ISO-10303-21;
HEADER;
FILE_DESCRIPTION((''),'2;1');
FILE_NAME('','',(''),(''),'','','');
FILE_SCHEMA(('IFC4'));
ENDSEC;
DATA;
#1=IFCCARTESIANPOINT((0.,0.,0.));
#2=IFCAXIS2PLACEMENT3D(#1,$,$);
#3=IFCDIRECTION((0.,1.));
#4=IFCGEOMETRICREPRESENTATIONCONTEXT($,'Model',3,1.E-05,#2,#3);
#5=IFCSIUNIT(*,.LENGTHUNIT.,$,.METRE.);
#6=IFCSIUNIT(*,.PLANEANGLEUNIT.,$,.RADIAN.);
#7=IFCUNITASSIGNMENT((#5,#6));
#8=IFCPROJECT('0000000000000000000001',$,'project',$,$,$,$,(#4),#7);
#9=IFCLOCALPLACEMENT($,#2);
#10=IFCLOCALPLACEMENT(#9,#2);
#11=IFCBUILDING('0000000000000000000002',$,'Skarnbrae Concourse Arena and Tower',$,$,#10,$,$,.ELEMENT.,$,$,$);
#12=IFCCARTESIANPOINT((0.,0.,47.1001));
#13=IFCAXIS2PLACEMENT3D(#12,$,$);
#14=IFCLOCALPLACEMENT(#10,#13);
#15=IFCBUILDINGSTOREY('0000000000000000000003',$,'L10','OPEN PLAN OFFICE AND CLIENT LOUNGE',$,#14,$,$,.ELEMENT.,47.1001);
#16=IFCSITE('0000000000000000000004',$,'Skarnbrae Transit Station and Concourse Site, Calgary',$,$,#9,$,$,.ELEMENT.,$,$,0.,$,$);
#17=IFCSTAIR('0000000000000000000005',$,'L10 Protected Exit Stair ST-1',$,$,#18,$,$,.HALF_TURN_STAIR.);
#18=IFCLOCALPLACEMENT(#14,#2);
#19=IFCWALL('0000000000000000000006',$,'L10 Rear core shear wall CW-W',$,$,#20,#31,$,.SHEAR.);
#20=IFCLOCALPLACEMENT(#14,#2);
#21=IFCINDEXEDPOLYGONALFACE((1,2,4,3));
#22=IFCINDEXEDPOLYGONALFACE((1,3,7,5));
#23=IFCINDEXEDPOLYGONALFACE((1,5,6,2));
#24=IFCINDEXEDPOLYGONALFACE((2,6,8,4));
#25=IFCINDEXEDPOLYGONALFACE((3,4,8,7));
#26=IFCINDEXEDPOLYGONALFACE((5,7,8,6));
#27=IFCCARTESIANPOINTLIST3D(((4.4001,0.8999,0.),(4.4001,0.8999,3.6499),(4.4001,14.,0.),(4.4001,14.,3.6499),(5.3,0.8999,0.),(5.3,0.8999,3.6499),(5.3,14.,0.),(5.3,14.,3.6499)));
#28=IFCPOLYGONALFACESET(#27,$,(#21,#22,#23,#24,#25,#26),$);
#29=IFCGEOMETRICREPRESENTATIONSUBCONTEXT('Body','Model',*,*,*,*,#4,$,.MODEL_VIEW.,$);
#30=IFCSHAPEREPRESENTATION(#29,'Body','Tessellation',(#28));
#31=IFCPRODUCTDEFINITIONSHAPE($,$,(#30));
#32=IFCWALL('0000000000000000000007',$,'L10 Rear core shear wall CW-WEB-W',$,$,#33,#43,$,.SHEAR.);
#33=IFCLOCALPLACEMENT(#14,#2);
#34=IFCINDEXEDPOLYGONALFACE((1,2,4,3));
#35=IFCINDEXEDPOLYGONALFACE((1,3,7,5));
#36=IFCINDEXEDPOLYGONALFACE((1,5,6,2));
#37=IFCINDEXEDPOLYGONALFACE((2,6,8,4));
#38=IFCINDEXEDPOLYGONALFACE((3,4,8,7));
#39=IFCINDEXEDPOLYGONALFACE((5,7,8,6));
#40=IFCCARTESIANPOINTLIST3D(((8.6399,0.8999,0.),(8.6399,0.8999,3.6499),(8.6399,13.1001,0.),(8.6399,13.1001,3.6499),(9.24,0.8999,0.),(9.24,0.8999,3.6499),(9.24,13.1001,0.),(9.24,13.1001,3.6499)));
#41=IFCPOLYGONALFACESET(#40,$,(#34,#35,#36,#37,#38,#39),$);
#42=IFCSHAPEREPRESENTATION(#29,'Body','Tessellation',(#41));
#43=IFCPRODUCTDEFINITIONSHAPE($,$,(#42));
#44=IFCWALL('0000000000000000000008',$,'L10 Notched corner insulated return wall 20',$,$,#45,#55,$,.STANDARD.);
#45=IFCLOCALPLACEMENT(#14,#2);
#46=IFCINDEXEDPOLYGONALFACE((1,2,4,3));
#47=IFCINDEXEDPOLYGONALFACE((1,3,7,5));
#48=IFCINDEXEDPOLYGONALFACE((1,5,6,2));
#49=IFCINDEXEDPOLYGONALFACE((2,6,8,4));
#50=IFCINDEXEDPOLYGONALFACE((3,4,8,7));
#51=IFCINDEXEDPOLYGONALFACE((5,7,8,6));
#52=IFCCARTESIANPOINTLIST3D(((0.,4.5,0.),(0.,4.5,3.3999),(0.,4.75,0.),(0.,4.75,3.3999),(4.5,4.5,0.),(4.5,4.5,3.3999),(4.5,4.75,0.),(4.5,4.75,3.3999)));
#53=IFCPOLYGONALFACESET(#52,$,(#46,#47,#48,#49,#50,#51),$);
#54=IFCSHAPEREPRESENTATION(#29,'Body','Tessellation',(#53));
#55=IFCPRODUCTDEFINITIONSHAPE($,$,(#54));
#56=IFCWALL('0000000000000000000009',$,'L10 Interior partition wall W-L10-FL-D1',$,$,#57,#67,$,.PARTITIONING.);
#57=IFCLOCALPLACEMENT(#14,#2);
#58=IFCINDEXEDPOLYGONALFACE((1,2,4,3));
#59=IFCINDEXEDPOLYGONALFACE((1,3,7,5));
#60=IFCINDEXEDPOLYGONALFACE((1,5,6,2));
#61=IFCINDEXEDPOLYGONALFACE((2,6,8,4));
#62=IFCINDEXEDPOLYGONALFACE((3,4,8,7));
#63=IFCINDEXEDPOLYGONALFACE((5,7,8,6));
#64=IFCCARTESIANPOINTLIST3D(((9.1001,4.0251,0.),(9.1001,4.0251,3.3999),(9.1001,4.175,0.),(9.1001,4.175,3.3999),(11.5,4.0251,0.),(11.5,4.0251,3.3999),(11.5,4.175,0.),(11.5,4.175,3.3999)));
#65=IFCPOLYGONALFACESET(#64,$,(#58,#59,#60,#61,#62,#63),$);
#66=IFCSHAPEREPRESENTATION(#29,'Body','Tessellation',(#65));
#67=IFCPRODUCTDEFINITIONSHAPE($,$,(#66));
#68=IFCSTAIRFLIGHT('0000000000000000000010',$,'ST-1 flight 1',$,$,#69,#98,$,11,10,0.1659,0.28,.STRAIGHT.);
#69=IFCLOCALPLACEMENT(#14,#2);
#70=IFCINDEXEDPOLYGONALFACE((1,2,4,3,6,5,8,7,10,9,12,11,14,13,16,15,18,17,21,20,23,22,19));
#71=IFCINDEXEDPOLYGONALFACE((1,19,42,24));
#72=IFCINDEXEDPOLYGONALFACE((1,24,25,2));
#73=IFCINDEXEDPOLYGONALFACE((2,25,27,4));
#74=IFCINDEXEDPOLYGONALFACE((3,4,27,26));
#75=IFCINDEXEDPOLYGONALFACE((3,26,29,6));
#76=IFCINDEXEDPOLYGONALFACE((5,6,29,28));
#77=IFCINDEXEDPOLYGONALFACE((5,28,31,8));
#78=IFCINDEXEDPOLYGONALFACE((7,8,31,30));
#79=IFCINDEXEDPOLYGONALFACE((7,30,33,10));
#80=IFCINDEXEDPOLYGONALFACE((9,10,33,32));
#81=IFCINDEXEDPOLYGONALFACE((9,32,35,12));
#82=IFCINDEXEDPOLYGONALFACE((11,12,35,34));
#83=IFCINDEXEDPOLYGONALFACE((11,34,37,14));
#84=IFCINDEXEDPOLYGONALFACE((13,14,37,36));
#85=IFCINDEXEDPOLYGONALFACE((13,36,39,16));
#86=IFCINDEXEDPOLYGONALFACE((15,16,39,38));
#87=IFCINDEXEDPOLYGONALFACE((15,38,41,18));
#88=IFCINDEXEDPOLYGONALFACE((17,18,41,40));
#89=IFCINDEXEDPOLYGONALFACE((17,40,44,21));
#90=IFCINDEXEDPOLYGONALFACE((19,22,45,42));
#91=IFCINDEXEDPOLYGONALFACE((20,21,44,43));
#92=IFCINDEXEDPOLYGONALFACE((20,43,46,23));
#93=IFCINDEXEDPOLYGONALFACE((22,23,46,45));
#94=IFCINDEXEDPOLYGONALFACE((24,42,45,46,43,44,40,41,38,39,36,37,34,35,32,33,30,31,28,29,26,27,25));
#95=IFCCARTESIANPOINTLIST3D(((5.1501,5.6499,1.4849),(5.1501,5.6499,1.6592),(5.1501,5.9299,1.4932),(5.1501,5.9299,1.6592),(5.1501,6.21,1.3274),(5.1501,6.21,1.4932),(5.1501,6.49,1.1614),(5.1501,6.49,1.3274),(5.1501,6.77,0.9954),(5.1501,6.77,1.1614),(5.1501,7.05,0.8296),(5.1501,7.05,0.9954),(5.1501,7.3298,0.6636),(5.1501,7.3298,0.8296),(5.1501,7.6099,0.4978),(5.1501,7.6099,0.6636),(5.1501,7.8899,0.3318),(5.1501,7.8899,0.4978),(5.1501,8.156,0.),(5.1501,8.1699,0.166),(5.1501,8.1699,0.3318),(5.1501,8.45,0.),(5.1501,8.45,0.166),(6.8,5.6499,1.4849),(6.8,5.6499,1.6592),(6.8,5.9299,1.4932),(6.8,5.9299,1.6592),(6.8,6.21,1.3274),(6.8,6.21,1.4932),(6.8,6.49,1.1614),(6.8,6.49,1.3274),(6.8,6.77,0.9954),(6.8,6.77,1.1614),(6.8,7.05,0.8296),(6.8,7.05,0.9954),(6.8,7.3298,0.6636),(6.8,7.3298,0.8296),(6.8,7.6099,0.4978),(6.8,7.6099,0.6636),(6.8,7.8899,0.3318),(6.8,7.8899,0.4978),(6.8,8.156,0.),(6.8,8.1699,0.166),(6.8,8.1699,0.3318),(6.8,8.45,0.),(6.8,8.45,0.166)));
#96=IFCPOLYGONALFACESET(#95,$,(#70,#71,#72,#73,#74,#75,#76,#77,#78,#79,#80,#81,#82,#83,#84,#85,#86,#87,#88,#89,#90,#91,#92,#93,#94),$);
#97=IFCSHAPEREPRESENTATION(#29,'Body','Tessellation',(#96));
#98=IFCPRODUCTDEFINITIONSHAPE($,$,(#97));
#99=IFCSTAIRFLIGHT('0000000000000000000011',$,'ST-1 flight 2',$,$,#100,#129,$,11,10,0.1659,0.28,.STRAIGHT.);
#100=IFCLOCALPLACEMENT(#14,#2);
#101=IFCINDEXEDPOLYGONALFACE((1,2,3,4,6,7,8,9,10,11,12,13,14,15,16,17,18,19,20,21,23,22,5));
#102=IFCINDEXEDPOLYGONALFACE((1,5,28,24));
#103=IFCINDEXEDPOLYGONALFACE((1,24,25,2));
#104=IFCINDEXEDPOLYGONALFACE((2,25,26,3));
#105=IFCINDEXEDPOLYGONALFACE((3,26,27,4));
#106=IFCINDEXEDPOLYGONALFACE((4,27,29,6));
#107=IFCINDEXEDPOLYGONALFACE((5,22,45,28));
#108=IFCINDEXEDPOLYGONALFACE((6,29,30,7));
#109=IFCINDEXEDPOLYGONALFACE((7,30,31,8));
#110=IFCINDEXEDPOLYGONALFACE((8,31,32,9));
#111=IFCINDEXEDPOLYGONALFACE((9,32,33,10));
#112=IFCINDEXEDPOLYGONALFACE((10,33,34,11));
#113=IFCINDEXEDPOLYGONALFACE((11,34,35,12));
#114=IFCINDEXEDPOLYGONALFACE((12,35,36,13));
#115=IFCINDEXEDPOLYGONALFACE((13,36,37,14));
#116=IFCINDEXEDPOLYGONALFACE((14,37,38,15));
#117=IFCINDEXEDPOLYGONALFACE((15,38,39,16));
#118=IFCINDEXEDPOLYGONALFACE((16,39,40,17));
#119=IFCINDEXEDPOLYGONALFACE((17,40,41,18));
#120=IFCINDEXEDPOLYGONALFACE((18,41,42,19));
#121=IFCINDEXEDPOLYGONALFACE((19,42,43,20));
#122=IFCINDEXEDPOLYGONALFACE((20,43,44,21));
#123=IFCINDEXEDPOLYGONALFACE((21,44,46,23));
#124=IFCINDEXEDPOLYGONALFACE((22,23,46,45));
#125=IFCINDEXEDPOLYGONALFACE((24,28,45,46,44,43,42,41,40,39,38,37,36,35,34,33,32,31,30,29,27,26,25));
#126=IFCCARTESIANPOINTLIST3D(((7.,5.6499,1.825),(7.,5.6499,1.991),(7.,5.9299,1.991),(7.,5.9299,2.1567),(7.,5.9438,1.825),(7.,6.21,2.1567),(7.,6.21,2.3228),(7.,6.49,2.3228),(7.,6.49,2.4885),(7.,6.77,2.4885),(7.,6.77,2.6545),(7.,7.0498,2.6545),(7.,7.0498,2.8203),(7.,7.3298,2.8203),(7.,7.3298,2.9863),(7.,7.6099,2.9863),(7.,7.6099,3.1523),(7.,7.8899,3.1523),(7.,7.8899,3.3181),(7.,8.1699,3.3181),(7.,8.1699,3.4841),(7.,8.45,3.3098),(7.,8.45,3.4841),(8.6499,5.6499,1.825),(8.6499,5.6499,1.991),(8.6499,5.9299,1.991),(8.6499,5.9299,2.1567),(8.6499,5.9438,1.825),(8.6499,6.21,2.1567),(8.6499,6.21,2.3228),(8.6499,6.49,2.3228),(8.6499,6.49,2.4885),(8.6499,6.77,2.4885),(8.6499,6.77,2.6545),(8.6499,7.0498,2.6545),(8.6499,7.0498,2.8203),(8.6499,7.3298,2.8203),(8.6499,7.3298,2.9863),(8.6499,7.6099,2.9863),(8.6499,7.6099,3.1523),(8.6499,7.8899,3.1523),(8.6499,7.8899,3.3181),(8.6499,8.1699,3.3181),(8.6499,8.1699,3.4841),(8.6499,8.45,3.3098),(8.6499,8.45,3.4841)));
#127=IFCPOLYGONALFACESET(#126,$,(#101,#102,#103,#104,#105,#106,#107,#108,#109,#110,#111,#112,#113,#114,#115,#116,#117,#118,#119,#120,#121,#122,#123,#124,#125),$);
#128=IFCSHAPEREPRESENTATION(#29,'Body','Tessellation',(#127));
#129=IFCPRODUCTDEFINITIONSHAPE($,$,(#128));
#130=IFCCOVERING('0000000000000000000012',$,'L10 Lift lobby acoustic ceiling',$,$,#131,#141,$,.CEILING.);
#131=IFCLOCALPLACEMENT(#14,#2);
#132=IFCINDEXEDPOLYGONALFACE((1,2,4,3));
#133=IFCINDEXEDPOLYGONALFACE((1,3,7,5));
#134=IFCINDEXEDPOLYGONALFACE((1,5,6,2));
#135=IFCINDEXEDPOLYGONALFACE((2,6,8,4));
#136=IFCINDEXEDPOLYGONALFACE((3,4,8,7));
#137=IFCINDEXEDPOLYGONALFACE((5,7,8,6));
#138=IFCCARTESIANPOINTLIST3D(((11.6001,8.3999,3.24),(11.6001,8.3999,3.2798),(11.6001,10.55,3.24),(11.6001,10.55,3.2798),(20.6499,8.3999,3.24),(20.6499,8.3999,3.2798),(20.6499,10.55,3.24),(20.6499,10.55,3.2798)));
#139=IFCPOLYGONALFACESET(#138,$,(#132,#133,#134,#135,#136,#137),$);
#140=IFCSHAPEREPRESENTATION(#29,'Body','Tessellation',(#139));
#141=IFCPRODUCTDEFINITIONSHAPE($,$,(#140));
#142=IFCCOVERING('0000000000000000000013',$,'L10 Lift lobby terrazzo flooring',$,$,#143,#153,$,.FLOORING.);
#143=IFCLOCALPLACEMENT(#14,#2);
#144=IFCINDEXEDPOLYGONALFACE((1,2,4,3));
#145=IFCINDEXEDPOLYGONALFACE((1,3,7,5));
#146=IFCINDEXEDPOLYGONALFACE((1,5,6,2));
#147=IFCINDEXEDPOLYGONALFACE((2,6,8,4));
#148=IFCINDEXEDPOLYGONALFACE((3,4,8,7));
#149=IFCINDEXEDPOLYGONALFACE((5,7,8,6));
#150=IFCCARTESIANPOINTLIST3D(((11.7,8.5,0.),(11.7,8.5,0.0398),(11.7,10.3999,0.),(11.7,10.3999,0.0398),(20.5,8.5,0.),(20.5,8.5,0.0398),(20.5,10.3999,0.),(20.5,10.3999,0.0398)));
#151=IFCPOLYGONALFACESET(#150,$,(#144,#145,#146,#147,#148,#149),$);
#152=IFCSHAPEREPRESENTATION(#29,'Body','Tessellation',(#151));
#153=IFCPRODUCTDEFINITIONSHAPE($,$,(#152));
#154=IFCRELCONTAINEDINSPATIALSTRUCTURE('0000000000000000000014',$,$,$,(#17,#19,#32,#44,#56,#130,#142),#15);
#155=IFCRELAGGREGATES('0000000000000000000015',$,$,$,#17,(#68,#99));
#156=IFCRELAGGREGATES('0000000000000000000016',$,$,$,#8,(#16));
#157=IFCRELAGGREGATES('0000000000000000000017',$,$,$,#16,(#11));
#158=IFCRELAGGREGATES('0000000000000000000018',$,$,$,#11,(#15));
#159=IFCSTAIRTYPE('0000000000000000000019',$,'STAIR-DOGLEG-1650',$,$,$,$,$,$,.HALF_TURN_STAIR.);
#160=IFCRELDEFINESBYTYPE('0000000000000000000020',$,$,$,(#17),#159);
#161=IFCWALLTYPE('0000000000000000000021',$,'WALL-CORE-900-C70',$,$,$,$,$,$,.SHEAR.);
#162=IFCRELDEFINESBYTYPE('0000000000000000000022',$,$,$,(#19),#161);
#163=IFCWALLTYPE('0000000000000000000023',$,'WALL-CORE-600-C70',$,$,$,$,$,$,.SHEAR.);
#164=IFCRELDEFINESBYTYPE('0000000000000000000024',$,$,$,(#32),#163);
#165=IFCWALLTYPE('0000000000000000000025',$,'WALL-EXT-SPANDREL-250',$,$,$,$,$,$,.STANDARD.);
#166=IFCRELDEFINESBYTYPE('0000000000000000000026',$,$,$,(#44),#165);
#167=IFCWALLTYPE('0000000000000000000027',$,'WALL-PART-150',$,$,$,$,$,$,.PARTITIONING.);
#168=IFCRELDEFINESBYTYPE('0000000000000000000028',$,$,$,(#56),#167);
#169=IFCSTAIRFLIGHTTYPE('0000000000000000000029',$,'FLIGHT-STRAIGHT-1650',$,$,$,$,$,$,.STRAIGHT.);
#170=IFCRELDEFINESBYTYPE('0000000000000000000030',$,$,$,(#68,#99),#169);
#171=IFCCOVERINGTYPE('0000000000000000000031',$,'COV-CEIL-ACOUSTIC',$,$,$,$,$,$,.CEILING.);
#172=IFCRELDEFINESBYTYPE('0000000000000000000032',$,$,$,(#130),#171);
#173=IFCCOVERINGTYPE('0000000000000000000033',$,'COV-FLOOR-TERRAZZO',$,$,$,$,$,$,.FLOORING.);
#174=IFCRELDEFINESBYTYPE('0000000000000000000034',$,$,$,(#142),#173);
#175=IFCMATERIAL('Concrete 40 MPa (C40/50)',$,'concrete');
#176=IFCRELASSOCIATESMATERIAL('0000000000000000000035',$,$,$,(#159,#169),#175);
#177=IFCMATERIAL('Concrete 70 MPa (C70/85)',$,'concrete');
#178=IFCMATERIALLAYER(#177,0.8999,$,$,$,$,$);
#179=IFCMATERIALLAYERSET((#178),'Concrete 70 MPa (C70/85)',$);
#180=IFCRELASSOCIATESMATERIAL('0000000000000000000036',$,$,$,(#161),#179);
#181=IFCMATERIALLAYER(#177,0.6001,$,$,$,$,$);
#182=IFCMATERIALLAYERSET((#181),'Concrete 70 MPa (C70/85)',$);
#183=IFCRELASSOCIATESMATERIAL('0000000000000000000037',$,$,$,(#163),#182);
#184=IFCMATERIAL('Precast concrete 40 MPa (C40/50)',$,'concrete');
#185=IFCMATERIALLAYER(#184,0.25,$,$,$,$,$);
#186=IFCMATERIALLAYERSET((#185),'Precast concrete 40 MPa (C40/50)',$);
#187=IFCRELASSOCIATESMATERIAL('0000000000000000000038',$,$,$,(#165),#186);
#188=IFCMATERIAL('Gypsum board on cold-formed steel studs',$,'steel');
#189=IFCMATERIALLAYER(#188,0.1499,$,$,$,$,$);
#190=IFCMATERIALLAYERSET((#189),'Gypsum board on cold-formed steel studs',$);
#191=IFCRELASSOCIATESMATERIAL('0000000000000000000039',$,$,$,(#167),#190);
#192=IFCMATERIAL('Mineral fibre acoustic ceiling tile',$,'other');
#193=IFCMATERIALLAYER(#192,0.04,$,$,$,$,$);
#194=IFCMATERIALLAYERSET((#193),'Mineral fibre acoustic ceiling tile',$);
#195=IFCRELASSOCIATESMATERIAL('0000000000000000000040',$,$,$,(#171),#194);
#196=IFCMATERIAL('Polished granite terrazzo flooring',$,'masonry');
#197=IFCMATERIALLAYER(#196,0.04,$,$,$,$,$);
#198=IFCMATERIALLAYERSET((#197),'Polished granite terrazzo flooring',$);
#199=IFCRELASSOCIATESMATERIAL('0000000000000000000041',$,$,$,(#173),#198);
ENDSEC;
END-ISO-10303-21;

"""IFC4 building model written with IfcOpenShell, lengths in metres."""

from ifc_helpers import new_model, si_unit, direction, frame, frame_2d, origin, place, context, subcontext, project, spatial, polyline, rectangle, outline, extrude, source, transform, mapped, material, layer, layer_set, type_object, element, aggregate, save


model = new_model("IFC4")

# Units and contexts
model_context = context("Model", 3, precision=1e-05, world=origin(), true_north=direction((0.0, 1.0)))
body_context = subcontext(model_context, "Body", "Model", "MODEL_VIEW")
ifc_project = project(units=[si_unit("LENGTHUNIT", "METRE"), si_unit("PLANEANGLEUNIT", "RADIAN")], contexts=[model_context])

# Site, building, storey
site_placement = place(None, origin())
site = spatial("IfcSite", under=ifc_project, at=site_placement, Name="Skarnbrae Transit Station and Concourse Site, Calgary", CompositionType="ELEMENT", RefElevation=0.0)
building_placement = place(site_placement, origin())
building = spatial("IfcBuilding", under=site, at=building_placement, Name="Skarnbrae Concourse Arena and Tower", CompositionType="ELEMENT")
storey_placement = place(building_placement, frame((0.0, 0.0, 47.1001)))
storey = spatial("IfcBuildingStorey", under=building, at=storey_placement, Name="L10", Description="OPEN PLAN OFFICE AND CLIENT LOUNGE", CompositionType="ELEMENT", Elevation=47.1001)

# Stair
ifc_material_1 = material(Name="Concrete 40 MPa (C40/50)", Category="concrete")
stair_type = type_object("IfcStairType", Name="STAIR-DOGLEG-1650", PredefinedType="HALF_TURN_STAIR", material=ifc_material_1)
stair_1_placement = place(storey_placement, origin())
stair_1 = element("IfcStair", 1, at=stair_1_placement, inside=storey, type_object=stair_type, Name="L10 Protected Exit Stair ST-1", PredefinedType="HALF_TURN_STAIR")

# Walls
ifc_material_2 = material(Name="Concrete 70 MPa (C70/85)", Category="concrete")
ifc_layer_1 = layer(ifc_material_2, 0.8999)
ifc_layer_set_1 = layer_set([ifc_layer_1], Name="Concrete 70 MPa (C70/85)")
wall_type_1 = type_object("IfcWallType", Name="WALL-CORE-900-C70", PredefinedType="SHEAR", material=ifc_layer_set_1)
shared_shape_1 = source(origin(), body_context, "Body", "SweptSolid", [
    extrude(rectangle(XDim=13.1001, YDim=0.8999, at=frame_2d((6.55, 0.0))), origin(), (0.0, 0.0, 1.0), 3.6499),
])
wall_1_placement = place(storey_placement, frame((4.8501, 0.8999, 0.0), z_axis=(0.0, 0.0, 1.0), x_axis=(0.0, 1.0, 0.0)))
element("IfcWall", 2, at=wall_1_placement, inside=storey, type_object=wall_type_1, Name="L10 Rear core shear wall CW-W", PredefinedType="SHEAR", context=body_context, shape_type="MappedRepresentation", body=[
    mapped(shared_shape_1, transform((0.0, 0.0, 0.0))),
])
ifc_layer_2 = layer(ifc_material_2, 0.6001)
ifc_layer_set_2 = layer_set([ifc_layer_2], Name="Concrete 70 MPa (C70/85)")
wall_type_2 = type_object("IfcWallType", Name="WALL-CORE-600-C70", PredefinedType="SHEAR", material=ifc_layer_set_2)
shared_shape_2 = source(origin(), body_context, "Body", "SweptSolid", [
    extrude(rectangle(XDim=12.2002, YDim=0.6001, at=frame_2d((6.1001, 0.0))), origin(), (0.0, 0.0, 1.0), 3.6499),
])
wall_2_placement = place(storey_placement, frame((8.9399, 0.8999, 0.0), z_axis=(0.0, 0.0, 1.0), x_axis=(0.0, 1.0, 0.0)))
element("IfcWall", 3, at=wall_2_placement, inside=storey, type_object=wall_type_2, Name="L10 Rear core shear wall CW-WEB-W", PredefinedType="SHEAR", context=body_context, shape_type="MappedRepresentation", body=[
    mapped(shared_shape_2, transform((0.0, 0.0, 0.0))),
])

# Walls
ifc_material_3 = material(Name="Precast concrete 40 MPa (C40/50)", Category="concrete")
ifc_layer_3 = layer(ifc_material_3, 0.25)
ifc_layer_set_3 = layer_set([ifc_layer_3], Name="Precast concrete 40 MPa (C40/50)")
wall_type_3 = type_object("IfcWallType", Name="WALL-EXT-SPANDREL-250", PredefinedType="STANDARD", material=ifc_layer_set_3)
shared_shape_3 = source(origin(), body_context, "Body", "SweptSolid", [
    extrude(rectangle(XDim=4.5, YDim=0.25, at=frame_2d((2.25, 0.0))), origin(), (0.0, 0.0, 1.0), 3.3999),
])
wall_3_placement = place(storey_placement, frame((0.0, 4.625, 0.0), z_axis=(0.0, 0.0, 1.0), x_axis=(1.0, 0.0, 0.0)))
element("IfcWall", 4, at=wall_3_placement, inside=storey, type_object=wall_type_3, Name="L10 Notched corner insulated return wall 20", PredefinedType="STANDARD", context=body_context, shape_type="MappedRepresentation", body=[
    mapped(shared_shape_3, transform((0.0, 0.0, 0.0))),
])
ifc_material_4 = material(Name="Gypsum board on cold-formed steel studs", Category="steel")
ifc_layer_4 = layer(ifc_material_4, 0.1499)
ifc_layer_set_4 = layer_set([ifc_layer_4], Name="Gypsum board on cold-formed steel studs")
wall_type_4 = type_object("IfcWallType", Name="WALL-PART-150", PredefinedType="PARTITIONING", material=ifc_layer_set_4)
shared_shape_4 = source(origin(), body_context, "Body", "SweptSolid", [
    extrude(rectangle(XDim=2.3999, YDim=0.1499, at=frame_2d((1.2, 0.0))), origin(), (0.0, 0.0, 1.0), 3.3999),
])
wall_4_placement = place(storey_placement, frame((9.1001, 4.1001, 0.0), z_axis=(0.0, 0.0, 1.0), x_axis=(1.0, 0.0, 0.0)))
element("IfcWall", 5, at=wall_4_placement, inside=storey, type_object=wall_type_4, Name="L10 Interior partition wall W-L10-FL-D1", PredefinedType="PARTITIONING", context=body_context, shape_type="MappedRepresentation", body=[
    mapped(shared_shape_4, transform((0.0, 0.0, 0.0))),
])

# Stair flights
stair_flight_type = type_object("IfcStairFlightType", Name="FLIGHT-STRAIGHT-1650", PredefinedType="STRAIGHT", material=ifc_material_1)
shared_shape_5 = source(origin(), body_context, "Body", "SweptSolid", [
    extrude(outline(polyline([(0.0, 0.0), (0.0, 0.166), (0.28, 0.166), (0.28, 0.3318), (0.5601, 0.3318), (0.5601, 0.4978), (0.8401, 0.4978), (0.8401, 0.6636), (1.1201, 0.6636), (1.1201, 0.8296), (1.3999, 0.8296), (1.3999, 0.9954), (1.6799, 0.9954), (1.6799, 1.1614), (1.96, 1.1614), (1.96, 1.3274), (2.24, 1.3274), (2.24, 1.4932), (2.52, 1.4932), (2.52, 1.6592), (2.8, 1.6592), (2.8, 1.825), (2.8, 1.4849), (0.2939, 0.0), (0.0, 0.0)])), frame((0.0, 0.825, 0.0), z_axis=(0.0, -1.0, 0.0), x_axis=(1.0, 0.0, 0.0)), (0.0, 0.0, 1.0), 1.6499),
])
stair_flight_1_placement = place(storey_placement, frame((5.9751, 8.45, 0.0), z_axis=(0.0, 0.0, 1.0), x_axis=(0.0, -1.0, 0.0)))
stair_flight_1 = element("IfcStairFlight", 6, at=stair_flight_1_placement, type_object=stair_flight_type, Name="ST-1 flight 1", NumberOfRisers=11, NumberOfTreads=10, PredefinedType="STRAIGHT", RiserHeight=0.1659, TreadLength=0.28, context=body_context, shape_type="MappedRepresentation", body=[
    mapped(shared_shape_5, transform((0.0, 0.0, 0.0))),
])
stair_flight_2_placement = place(storey_placement, frame((7.825, 5.6499, 1.825), z_axis=(0.0, 0.0, 1.0), x_axis=(0.0, 1.0, 0.0)))
stair_flight_2 = element("IfcStairFlight", 7, at=stair_flight_2_placement, type_object=stair_flight_type, Name="ST-1 flight 2", NumberOfRisers=11, NumberOfTreads=10, PredefinedType="STRAIGHT", RiserHeight=0.1659, TreadLength=0.28, context=body_context, shape_type="MappedRepresentation", body=[
    mapped(shared_shape_5, transform((0.0, 0.0, 0.0))),
])
aggregate(stair_1, [stair_flight_1, stair_flight_2])

# Coverings
ifc_material_5 = material(Name="Mineral fibre acoustic ceiling tile", Category="other")
ifc_layer_5 = layer(ifc_material_5, 0.04)
ifc_layer_set_5 = layer_set([ifc_layer_5], Name="Mineral fibre acoustic ceiling tile")
covering_type_1 = type_object("IfcCoveringType", Name="COV-CEIL-ACOUSTIC", PredefinedType="CEILING", material=ifc_layer_set_5)
covering_1_placement = place(storey_placement, frame((0.0, 0.0, 3.24)))
element("IfcCovering", 8, at=covering_1_placement, inside=storey, type_object=covering_type_1, Name="L10 Lift lobby acoustic ceiling", PredefinedType="CEILING", context=body_context, shape_type="SweptSolid", body=[
    extrude(outline(polyline([(11.6001, 8.3999), (20.6499, 8.3999), (20.6499, 10.55), (11.6001, 10.55), (11.6001, 8.3999)])), origin(), (0.0, 0.0, 1.0), 0.0398),
])
ifc_material_6 = material(Name="Polished granite terrazzo flooring", Category="masonry")
ifc_layer_6 = layer(ifc_material_6, 0.04)
ifc_layer_set_6 = layer_set([ifc_layer_6], Name="Polished granite terrazzo flooring")
covering_type_2 = type_object("IfcCoveringType", Name="COV-FLOOR-TERRAZZO", PredefinedType="FLOORING", material=ifc_layer_set_6)
covering_2_placement = place(storey_placement, origin())
element("IfcCovering", 9, at=covering_2_placement, inside=storey, type_object=covering_type_2, Name="L10 Lift lobby terrazzo flooring", PredefinedType="FLOORING", context=body_context, shape_type="SweptSolid", body=[
    extrude(outline(polyline([(11.7, 8.5), (20.5, 8.5), (20.5, 10.3999), (11.7, 10.3999), (11.7, 8.5)])), origin(), (0.0, 0.0, 1.0), 0.0398),
])

save(model, "model.ifc")
